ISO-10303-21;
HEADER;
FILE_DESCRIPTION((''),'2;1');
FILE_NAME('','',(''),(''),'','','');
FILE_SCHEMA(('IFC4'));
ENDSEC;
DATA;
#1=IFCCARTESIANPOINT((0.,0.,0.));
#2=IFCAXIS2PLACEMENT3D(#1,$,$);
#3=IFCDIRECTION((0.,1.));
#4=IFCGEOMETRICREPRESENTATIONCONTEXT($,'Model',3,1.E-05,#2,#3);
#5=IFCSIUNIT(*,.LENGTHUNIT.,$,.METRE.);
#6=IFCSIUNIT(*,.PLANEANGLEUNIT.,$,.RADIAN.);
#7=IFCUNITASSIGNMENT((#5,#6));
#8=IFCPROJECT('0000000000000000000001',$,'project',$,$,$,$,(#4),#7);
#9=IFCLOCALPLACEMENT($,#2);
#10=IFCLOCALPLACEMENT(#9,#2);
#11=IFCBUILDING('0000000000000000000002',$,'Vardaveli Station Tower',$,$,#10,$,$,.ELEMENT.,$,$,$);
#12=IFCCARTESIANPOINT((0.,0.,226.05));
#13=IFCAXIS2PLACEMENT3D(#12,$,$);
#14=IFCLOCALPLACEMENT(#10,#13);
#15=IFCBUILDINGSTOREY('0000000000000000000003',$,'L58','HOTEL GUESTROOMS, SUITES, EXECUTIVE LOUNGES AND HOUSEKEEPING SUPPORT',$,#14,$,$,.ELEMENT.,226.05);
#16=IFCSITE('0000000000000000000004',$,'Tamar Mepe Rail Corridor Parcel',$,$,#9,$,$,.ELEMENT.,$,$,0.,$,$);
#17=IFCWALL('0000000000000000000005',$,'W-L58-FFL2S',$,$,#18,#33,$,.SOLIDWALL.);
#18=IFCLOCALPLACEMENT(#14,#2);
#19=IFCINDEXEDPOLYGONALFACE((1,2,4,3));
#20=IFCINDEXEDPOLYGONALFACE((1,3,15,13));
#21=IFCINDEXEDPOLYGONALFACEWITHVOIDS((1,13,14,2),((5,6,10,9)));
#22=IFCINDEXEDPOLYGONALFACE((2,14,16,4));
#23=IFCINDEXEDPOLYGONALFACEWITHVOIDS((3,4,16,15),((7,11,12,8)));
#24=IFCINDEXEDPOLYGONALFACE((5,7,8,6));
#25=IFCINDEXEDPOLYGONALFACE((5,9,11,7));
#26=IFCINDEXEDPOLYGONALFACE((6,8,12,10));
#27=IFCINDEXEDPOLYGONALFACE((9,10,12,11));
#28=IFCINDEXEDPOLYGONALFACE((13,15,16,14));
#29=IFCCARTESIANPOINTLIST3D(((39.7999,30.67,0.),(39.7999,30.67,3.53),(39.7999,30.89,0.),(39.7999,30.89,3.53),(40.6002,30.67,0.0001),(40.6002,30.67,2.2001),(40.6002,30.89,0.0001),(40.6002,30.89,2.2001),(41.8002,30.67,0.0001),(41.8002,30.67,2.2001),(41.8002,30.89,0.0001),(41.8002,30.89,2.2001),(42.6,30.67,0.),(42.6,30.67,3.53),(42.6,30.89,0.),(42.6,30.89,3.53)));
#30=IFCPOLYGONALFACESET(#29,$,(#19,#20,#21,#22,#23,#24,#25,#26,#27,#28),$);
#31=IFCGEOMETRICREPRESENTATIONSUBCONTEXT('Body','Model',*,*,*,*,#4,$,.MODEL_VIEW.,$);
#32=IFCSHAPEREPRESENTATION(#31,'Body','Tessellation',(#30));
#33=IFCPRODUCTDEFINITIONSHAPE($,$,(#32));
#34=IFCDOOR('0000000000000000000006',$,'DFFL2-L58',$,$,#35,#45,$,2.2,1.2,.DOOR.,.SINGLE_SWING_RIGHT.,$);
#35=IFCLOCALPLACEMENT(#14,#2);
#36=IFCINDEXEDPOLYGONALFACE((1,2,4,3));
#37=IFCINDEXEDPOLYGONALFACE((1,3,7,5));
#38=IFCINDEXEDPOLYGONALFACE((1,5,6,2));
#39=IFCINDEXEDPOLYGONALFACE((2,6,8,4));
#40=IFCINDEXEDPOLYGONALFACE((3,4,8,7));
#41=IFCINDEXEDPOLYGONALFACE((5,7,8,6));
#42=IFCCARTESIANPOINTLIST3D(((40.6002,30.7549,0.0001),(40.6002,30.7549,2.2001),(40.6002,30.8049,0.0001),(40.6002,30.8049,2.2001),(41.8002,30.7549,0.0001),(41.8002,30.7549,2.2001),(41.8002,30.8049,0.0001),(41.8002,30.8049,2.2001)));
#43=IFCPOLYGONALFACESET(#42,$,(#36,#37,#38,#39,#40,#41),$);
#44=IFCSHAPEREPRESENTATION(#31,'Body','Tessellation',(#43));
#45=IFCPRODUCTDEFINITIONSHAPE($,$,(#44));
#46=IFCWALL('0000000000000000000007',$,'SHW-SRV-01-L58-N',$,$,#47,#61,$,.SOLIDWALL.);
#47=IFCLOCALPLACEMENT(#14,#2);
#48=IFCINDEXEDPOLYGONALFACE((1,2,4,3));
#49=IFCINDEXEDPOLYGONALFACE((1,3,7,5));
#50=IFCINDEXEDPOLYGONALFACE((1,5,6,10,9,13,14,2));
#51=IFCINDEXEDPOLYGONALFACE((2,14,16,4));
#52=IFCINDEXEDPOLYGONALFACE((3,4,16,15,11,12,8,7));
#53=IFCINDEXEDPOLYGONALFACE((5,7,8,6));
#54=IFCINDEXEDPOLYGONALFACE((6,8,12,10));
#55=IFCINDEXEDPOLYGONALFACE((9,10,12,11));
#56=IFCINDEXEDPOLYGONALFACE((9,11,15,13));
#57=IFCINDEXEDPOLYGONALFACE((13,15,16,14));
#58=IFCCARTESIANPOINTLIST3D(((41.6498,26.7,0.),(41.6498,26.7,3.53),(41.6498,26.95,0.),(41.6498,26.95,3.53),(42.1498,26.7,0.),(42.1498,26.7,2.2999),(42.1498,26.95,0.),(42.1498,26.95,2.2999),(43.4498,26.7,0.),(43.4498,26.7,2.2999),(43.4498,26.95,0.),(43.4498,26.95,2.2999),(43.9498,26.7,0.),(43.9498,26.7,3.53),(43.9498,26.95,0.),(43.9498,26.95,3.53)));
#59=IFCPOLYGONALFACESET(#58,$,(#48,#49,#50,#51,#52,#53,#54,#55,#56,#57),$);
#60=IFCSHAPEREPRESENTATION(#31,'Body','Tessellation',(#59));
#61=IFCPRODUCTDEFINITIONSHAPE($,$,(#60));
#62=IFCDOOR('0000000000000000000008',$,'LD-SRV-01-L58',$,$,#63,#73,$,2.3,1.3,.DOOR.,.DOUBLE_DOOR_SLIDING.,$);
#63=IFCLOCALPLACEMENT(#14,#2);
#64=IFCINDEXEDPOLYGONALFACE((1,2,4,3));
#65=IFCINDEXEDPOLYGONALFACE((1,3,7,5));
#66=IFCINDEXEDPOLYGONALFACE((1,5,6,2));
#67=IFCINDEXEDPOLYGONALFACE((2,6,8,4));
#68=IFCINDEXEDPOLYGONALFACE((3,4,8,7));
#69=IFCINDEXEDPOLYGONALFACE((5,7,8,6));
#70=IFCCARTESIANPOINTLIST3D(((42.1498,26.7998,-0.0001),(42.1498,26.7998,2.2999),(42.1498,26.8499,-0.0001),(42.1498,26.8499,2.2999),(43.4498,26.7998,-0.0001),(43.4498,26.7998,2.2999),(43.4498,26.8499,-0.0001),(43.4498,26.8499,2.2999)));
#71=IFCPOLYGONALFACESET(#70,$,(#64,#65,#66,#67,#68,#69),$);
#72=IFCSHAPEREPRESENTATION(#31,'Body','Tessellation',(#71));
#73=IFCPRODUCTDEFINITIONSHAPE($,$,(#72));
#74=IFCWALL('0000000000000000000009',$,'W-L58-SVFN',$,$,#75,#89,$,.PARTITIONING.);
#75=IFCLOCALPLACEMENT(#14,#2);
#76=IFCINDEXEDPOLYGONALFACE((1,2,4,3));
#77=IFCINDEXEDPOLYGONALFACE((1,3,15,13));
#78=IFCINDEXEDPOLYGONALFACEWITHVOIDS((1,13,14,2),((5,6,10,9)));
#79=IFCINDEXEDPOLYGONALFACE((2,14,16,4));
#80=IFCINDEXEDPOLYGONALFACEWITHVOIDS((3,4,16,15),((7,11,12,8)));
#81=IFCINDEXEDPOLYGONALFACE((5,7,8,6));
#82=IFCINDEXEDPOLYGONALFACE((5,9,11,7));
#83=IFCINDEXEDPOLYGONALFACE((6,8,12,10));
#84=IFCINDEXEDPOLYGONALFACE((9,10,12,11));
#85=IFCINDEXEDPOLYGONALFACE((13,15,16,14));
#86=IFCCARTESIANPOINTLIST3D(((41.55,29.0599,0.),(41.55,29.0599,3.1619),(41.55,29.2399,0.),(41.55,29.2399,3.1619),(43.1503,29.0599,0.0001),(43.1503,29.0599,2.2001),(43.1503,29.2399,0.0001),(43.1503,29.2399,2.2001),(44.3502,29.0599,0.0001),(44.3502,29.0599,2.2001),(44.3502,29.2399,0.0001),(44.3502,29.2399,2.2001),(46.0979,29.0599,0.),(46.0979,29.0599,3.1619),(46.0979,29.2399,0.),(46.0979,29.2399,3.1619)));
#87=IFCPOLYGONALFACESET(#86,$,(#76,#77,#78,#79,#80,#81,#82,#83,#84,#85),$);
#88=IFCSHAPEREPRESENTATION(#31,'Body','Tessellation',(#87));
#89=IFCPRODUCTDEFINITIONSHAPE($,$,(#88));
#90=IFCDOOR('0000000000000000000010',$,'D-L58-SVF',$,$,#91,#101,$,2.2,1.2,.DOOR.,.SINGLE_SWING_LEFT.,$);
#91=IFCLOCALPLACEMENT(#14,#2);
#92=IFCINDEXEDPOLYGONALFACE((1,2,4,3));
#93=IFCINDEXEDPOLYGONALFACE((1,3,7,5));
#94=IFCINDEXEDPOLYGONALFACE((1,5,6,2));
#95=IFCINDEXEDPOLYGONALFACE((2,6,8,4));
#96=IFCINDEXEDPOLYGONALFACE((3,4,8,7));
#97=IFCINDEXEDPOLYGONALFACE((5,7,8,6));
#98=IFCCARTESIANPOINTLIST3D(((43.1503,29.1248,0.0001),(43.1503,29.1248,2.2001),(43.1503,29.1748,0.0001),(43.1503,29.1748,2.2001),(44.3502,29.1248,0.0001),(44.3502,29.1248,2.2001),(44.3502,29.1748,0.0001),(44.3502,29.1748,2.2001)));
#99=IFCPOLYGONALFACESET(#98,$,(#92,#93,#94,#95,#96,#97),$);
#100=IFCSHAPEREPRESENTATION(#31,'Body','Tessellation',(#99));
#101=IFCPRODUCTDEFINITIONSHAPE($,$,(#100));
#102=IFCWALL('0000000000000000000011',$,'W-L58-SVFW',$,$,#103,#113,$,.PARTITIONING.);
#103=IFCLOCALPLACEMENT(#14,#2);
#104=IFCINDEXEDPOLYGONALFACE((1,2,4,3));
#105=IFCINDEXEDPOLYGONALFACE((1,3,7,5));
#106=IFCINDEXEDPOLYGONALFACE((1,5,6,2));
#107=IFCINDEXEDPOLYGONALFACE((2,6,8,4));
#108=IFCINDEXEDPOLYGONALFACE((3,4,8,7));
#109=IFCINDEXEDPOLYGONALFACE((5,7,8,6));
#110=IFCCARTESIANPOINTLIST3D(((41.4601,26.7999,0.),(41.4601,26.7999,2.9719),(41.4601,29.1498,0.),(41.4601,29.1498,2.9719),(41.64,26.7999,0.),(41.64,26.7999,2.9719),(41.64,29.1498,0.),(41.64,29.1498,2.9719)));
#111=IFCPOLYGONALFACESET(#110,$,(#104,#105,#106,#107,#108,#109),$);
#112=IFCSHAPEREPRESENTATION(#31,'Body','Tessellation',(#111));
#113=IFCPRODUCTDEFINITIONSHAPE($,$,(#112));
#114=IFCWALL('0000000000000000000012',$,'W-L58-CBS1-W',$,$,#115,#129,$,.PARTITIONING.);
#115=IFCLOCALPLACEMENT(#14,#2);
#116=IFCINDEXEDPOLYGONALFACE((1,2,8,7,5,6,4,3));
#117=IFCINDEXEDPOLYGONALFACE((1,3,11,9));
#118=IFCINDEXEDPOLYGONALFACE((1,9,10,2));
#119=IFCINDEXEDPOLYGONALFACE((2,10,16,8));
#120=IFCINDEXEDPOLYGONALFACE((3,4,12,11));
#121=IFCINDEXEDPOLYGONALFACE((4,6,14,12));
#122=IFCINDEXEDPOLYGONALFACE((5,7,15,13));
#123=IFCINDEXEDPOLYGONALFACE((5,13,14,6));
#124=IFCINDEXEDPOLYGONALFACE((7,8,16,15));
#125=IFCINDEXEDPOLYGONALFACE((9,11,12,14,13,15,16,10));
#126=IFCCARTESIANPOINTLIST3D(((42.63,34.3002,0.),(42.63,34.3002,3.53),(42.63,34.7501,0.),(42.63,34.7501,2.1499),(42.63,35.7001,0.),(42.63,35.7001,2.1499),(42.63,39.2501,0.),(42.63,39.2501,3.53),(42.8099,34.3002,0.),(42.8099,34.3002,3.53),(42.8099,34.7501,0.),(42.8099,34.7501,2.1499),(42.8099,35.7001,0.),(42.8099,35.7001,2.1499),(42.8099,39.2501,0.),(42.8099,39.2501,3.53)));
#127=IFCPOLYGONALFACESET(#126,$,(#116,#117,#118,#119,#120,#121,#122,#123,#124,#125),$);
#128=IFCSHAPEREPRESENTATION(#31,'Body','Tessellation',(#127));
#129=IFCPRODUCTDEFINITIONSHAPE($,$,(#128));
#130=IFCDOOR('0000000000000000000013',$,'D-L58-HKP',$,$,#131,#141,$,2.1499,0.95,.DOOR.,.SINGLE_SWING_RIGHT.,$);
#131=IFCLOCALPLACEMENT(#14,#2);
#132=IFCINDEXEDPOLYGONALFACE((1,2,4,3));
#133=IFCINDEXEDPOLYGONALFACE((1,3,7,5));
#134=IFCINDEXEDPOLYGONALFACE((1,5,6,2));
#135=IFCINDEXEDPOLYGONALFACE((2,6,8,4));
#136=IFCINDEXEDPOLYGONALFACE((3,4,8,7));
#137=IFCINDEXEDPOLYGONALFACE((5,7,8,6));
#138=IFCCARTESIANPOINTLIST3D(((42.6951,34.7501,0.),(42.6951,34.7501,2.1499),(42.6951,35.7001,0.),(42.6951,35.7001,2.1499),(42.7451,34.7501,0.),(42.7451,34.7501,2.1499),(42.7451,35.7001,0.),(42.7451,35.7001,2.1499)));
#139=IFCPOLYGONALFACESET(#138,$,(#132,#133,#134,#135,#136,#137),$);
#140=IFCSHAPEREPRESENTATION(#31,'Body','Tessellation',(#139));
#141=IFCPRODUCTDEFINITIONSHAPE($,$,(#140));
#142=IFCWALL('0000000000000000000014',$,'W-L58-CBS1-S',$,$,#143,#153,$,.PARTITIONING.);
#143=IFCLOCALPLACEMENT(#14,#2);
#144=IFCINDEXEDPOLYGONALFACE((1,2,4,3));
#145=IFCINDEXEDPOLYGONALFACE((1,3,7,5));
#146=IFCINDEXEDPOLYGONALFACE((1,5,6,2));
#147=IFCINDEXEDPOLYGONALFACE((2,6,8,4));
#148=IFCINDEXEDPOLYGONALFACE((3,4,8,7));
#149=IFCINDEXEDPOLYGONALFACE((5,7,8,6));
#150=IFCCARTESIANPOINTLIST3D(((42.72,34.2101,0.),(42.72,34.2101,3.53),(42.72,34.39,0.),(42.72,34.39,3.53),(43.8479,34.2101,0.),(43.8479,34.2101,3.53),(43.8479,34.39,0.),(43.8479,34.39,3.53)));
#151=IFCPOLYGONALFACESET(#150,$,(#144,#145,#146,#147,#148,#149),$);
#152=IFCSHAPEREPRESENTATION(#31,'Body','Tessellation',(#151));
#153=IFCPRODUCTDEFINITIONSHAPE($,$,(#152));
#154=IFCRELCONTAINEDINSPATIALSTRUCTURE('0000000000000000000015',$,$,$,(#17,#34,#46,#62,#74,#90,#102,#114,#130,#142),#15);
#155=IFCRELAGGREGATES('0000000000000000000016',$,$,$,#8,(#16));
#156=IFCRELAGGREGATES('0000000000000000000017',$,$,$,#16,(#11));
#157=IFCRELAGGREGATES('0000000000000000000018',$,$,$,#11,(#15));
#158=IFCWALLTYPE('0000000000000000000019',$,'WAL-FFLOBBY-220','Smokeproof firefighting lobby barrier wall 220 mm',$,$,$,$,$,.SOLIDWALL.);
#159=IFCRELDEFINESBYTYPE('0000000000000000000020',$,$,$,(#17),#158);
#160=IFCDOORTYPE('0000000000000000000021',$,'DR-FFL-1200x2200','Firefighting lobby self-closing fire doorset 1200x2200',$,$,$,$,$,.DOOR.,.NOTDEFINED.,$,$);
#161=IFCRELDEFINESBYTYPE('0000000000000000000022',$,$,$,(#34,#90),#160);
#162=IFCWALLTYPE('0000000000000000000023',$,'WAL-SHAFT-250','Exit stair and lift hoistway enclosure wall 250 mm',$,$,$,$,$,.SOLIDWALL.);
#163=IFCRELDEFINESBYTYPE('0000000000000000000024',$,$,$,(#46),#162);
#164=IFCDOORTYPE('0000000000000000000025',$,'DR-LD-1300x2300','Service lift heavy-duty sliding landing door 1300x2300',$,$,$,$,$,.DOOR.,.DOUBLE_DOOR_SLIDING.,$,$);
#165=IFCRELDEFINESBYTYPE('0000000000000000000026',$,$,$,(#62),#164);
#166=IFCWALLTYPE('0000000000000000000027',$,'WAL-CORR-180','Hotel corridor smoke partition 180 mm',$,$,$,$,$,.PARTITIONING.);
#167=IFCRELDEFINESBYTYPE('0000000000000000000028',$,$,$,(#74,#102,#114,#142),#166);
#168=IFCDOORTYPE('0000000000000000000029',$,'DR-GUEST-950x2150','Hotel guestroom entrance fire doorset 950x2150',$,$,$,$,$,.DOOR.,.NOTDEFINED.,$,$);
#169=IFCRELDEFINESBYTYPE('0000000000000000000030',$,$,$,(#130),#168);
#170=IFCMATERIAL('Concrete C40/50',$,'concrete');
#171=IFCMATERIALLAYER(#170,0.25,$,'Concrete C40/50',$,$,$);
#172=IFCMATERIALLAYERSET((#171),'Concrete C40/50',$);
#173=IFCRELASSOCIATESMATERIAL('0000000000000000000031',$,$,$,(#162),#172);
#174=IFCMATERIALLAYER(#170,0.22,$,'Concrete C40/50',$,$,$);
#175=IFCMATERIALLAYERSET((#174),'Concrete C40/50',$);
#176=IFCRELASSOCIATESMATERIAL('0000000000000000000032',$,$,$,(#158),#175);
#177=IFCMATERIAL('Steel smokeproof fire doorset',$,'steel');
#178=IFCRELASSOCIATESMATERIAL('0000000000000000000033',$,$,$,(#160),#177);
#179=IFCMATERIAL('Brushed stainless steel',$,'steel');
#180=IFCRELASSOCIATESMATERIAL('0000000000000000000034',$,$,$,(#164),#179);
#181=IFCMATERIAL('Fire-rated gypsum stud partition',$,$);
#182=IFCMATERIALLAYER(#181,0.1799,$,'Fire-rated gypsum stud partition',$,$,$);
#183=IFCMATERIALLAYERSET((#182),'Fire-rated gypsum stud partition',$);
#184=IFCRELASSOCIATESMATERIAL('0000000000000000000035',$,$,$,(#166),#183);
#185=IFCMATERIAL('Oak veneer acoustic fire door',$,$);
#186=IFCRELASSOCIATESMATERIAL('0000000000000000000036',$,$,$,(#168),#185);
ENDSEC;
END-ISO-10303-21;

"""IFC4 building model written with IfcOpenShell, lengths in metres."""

from ifc_helpers import new_model, si_unit, direction, frame, frame_2d, origin, place, context, subcontext, project, spatial, rectangle, extrude, source, transform, mapped, material, layer, layer_set, type_object, element, fill, save


model = new_model("IFC4")

# Units and contexts
model_context = context("Model", 3, precision=1e-05, world=origin(), true_north=direction((0.0, 1.0)))
body_context = subcontext(model_context, "Body", "Model", "MODEL_VIEW")
ifc_project = project(units=[si_unit("LENGTHUNIT", "METRE"), si_unit("PLANEANGLEUNIT", "RADIAN")], contexts=[model_context])

# Site, building, storey
site_placement = place(None, origin())
site = spatial("IfcSite", under=ifc_project, at=site_placement, Name="Tamar Mepe Rail Corridor Parcel", CompositionType="ELEMENT", RefElevation=0.0)
building_placement = place(site_placement, origin())
building = spatial("IfcBuilding", under=site, at=building_placement, Name="Vardaveli Station Tower", CompositionType="ELEMENT")
storey_placement = place(building_placement, frame((0.0, 0.0, 226.05)))
storey = spatial("IfcBuildingStorey", under=building, at=storey_placement, Name="L58", Description="HOTEL GUESTROOMS, SUITES, EXECUTIVE LOUNGES AND HOUSEKEEPING SUPPORT", CompositionType="ELEMENT", Elevation=226.05)

# Shared definitions
ifc_material_1 = material(Name="Concrete C40/50", Category="concrete")
ifc_layer_1 = layer(ifc_material_1, 0.25, Name="Concrete C40/50")
ifc_layer_set_1 = layer_set([ifc_layer_1], Name="Concrete C40/50")
wall_type_1 = type_object("IfcWallType", Name="WAL-SHAFT-250", Description="Exit stair and lift hoistway enclosure wall 250 mm", PredefinedType="SOLIDWALL", material=ifc_layer_set_1)

# Walls, openings, doors
ifc_material_2 = material(Name="Steel smokeproof fire doorset", Category="steel")
ifc_layer_2 = layer(ifc_material_1, 0.22, Name="Concrete C40/50")
ifc_layer_set_2 = layer_set([ifc_layer_2], Name="Concrete C40/50")
wall_type_2 = type_object("IfcWallType", Name="WAL-FFLOBBY-220", Description="Smokeproof firefighting lobby barrier wall 220 mm", PredefinedType="SOLIDWALL", material=ifc_layer_set_2)
shared_shape_1 = source(origin(), body_context, "Body", "SweptSolid", [
    extrude(rectangle(XDim=2.8, YDim=0.22, at=frame_2d((1.3999, 0.0))), origin(), (0.0, 0.0, 1.0), 3.53),
])
wall_1_placement = place(storey_placement, frame((39.8, 30.78, 0.0), z_axis=(0.0, 0.0, 1.0), x_axis=(1.0, 0.0, 0.0)))
wall_1 = element("IfcWall", 1, at=wall_1_placement, inside=storey, type_object=wall_type_2, Name="W-L58-FFL2S", PredefinedType="SOLIDWALL", context=body_context, shape_type="MappedRepresentation", body=[
    mapped(shared_shape_1, transform((0.0, 0.0, 0.0), scale=1.0)),
])
shared_shape_2 = source(origin(), body_context, "Body", "SweptSolid", [
    extrude(rectangle(XDim=1.2, YDim=2.2, at=frame_2d((0.6001, 1.1001))), frame((0.0, 0.1201, 0.0), z_axis=(0.0, -1.0, 0.0), x_axis=(1.0, 0.0, 0.0)), (0.0, 0.0, 1.0), 0.24),
])
opening_1_placement = place(wall_1_placement, frame((0.8, 0.0, 0.0)))
opening_1 = element("IfcOpeningElement", 2, at=opening_1_placement, cuts=wall_1, PredefinedType="OPENING", context=body_context, shape_type="MappedRepresentation", body=[
    mapped(shared_shape_2, transform((0.0, 0.0, 0.0), scale=1.0)),
])
door_type_1 = type_object("IfcDoorType", Name="DR-FFL-1200x2200", Description="Firefighting lobby self-closing fire doorset 1200x2200", OperationType="NOTDEFINED", PredefinedType="DOOR", material=ifc_material_2)
shared_shape_3 = source(origin(), body_context, "Body", "SweptSolid", [
    extrude(rectangle(XDim=1.2, YDim=2.2, at=frame_2d((0.6001, 1.1001))), frame((0.0, 0.0249, 0.0), z_axis=(0.0, -1.0, 0.0), x_axis=(1.0, 0.0, 0.0)), (0.0, 0.0, 1.0), 0.05),
])
door_1_placement = place(opening_1_placement, origin())
door_1 = element("IfcDoor", 3, at=door_1_placement, inside=storey, type_object=door_type_1, Name="DFFL2-L58", OperationType="SINGLE_SWING_RIGHT", OverallHeight=2.2, OverallWidth=1.2, PredefinedType="DOOR", context=body_context, shape_type="MappedRepresentation", body=[
    mapped(shared_shape_3, transform((0.0, 0.0, 0.0), scale=1.0)),
])
fill(opening_1, door_1)
shared_shape_4 = source(origin(), body_context, "Body", "SweptSolid", [
    extrude(rectangle(XDim=2.3, YDim=0.25, at=frame_2d((1.1499, 0.0))), origin(), (0.0, 0.0, 1.0), 3.53),
])
wall_2_placement = place(storey_placement, frame((41.6499, 26.825, 0.0), z_axis=(0.0, 0.0, 1.0), x_axis=(1.0, 0.0, 0.0)))
wall_2 = element("IfcWall", 4, at=wall_2_placement, inside=storey, type_object=wall_type_1, Name="SHW-SRV-01-L58-N", PredefinedType="SOLIDWALL", context=body_context, shape_type="MappedRepresentation", body=[
    mapped(shared_shape_4, transform((0.0, 0.0, 0.0), scale=1.0)),
])
shared_shape_5 = source(origin(), body_context, "Body", "SweptSolid", [
    extrude(rectangle(XDim=1.3, YDim=2.3, at=frame_2d((0.6499, 1.1499))), frame((0.0, 0.135, 0.0), z_axis=(0.0, -1.0, 0.0), x_axis=(1.0, 0.0, 0.0)), (0.0, 0.0, 1.0), 0.27),
])
opening_2_placement = place(wall_2_placement, frame((0.5, 0.0, 0.0)))
opening_2 = element("IfcOpeningElement", 5, at=opening_2_placement, cuts=wall_2, PredefinedType="OPENING", context=body_context, shape_type="MappedRepresentation", body=[
    mapped(shared_shape_5, transform((0.0, 0.0, 0.0), scale=1.0)),
])
ifc_material_3 = material(Name="Brushed stainless steel", Category="steel")
door_type_2 = type_object("IfcDoorType", Name="DR-LD-1300x2300", Description="Service lift heavy-duty sliding landing door 1300x2300", OperationType="DOUBLE_DOOR_SLIDING", PredefinedType="DOOR", material=ifc_material_3)
shared_shape_6 = source(origin(), body_context, "Body", "SweptSolid", [
    extrude(rectangle(XDim=1.3, YDim=2.3, at=frame_2d((0.6499, 1.1499))), frame((0.0, 0.0249, 0.0), z_axis=(0.0, -1.0, 0.0), x_axis=(1.0, 0.0, 0.0)), (0.0, 0.0, 1.0), 0.05),
])
door_2_placement = place(opening_2_placement, origin())
door_2 = element("IfcDoor", 6, at=door_2_placement, inside=storey, type_object=door_type_2, Name="LD-SRV-01-L58", OperationType="DOUBLE_DOOR_SLIDING", OverallHeight=2.3, OverallWidth=1.3, PredefinedType="DOOR", context=body_context, shape_type="MappedRepresentation", body=[
    mapped(shared_shape_6, transform((0.0, 0.0, 0.0), scale=1.0)),
])
fill(opening_2, door_2)
ifc_material_4 = material(Name="Fire-rated gypsum stud partition")
ifc_layer_3 = layer(ifc_material_4, 0.1799, Name="Fire-rated gypsum stud partition")
ifc_layer_set_3 = layer_set([ifc_layer_3], Name="Fire-rated gypsum stud partition")
wall_type_3 = type_object("IfcWallType", Name="WAL-CORR-180", Description="Hotel corridor smoke partition 180 mm", PredefinedType="PARTITIONING", material=ifc_layer_set_3)
shared_shape_7 = source(origin(), body_context, "Body", "SweptSolid", [
    extrude(rectangle(XDim=4.5479, YDim=0.1799, at=frame_2d((2.2739, 0.0))), origin(), (0.0, 0.0, 1.0), 3.1619),
])
wall_3_placement = place(storey_placement, frame((41.55, 29.1499, 0.0), z_axis=(0.0, 0.0, 1.0), x_axis=(1.0, 0.0, 0.0)))
wall_3 = element("IfcWall", 7, at=wall_3_placement, inside=storey, type_object=wall_type_3, Name="W-L58-SVFN", PredefinedType="PARTITIONING", context=body_context, shape_type="MappedRepresentation", body=[
    mapped(shared_shape_7, transform((0.0, 0.0, 0.0), scale=1.0)),
])
shared_shape_8 = source(origin(), body_context, "Body", "SweptSolid", [
    extrude(rectangle(XDim=1.2, YDim=2.2, at=frame_2d((0.6001, 1.1001))), frame((0.0, 0.1001, 0.0), z_axis=(0.0, -1.0, 0.0), x_axis=(1.0, 0.0, 0.0)), (0.0, 0.0, 1.0), 0.2),
])
opening_3_placement = place(wall_3_placement, frame((1.6001, 0.0, 0.0)))
opening_3 = element("IfcOpeningElement", 8, at=opening_3_placement, cuts=wall_3, PredefinedType="OPENING", context=body_context, shape_type="MappedRepresentation", body=[
    mapped(shared_shape_8, transform((0.0, 0.0, 0.0), scale=1.0)),
])
door_3_placement = place(opening_3_placement, origin())
door_3 = element("IfcDoor", 9, at=door_3_placement, inside=storey, type_object=door_type_1, Name="D-L58-SVF", OperationType="SINGLE_SWING_LEFT", OverallHeight=2.2, OverallWidth=1.2, PredefinedType="DOOR", context=body_context, shape_type="MappedRepresentation", body=[
    mapped(shared_shape_3, transform((0.0, 0.0, 0.0), scale=1.0)),
])
fill(opening_3, door_3)

# Wall
shared_shape_9 = source(origin(), body_context, "Body", "SweptSolid", [
    extrude(rectangle(XDim=2.3499, YDim=0.1799, at=frame_2d((1.1748, 0.0))), origin(), (0.0, 0.0, 1.0), 2.9719),
])
wall_4_placement = place(storey_placement, frame((41.55, 26.8, 0.0), z_axis=(0.0, 0.0, 1.0), x_axis=(0.0, 1.0, 0.0)))
element("IfcWall", 10, at=wall_4_placement, inside=storey, type_object=wall_type_3, Name="W-L58-SVFW", PredefinedType="PARTITIONING", context=body_context, shape_type="MappedRepresentation", body=[
    mapped(shared_shape_9, transform((0.0, 0.0, 0.0), scale=1.0)),
])

# Wall, opening, door
shared_shape_10 = source(origin(), body_context, "Body", "SweptSolid", [
    extrude(rectangle(XDim=4.95, YDim=0.1799, at=frame_2d((2.4751, 0.0))), origin(), (0.0, 0.0, 1.0), 3.53),
])
wall_5_placement = place(storey_placement, frame((42.72, 34.3, 0.0), z_axis=(0.0, 0.0, 1.0), x_axis=(0.0, 1.0, 0.0)))
wall_5 = element("IfcWall", 11, at=wall_5_placement, inside=storey, type_object=wall_type_3, Name="W-L58-CBS1-W", PredefinedType="PARTITIONING", context=body_context, shape_type="MappedRepresentation", body=[
    mapped(shared_shape_10, transform((0.0, 0.0, 0.0), scale=1.0)),
])
shared_shape_11 = source(origin(), body_context, "Body", "SweptSolid", [
    extrude(rectangle(XDim=0.95, YDim=2.1499, at=frame_2d((0.4751, 1.075))), frame((0.0, 0.1001, 0.0), z_axis=(0.0, -1.0, 0.0), x_axis=(1.0, 0.0, 0.0)), (0.0, 0.0, 1.0), 0.2),
])
opening_4_placement = place(wall_5_placement, frame((0.45, 0.0, 0.0)))
opening_4 = element("IfcOpeningElement", 12, at=opening_4_placement, cuts=wall_5, PredefinedType="OPENING", context=body_context, shape_type="MappedRepresentation", body=[
    mapped(shared_shape_11, transform((0.0, 0.0, 0.0), scale=1.0)),
])
ifc_material_5 = material(Name="Oak veneer acoustic fire door")
door_type_3 = type_object("IfcDoorType", Name="DR-GUEST-950x2150", Description="Hotel guestroom entrance fire doorset 950x2150", OperationType="NOTDEFINED", PredefinedType="DOOR", material=ifc_material_5)
shared_shape_12 = source(origin(), body_context, "Body", "SweptSolid", [
    extrude(rectangle(XDim=0.95, YDim=2.1499, at=frame_2d((0.4751, 1.075))), frame((0.0, 0.0249, 0.0), z_axis=(0.0, -1.0, 0.0), x_axis=(1.0, 0.0, 0.0)), (0.0, 0.0, 1.0), 0.05),
])
door_4_placement = place(opening_4_placement, origin())
door_4 = element("IfcDoor", 13, at=door_4_placement, inside=storey, type_object=door_type_3, Name="D-L58-HKP", OperationType="SINGLE_SWING_RIGHT", OverallHeight=2.1499, OverallWidth=0.95, PredefinedType="DOOR", context=body_context, shape_type="MappedRepresentation", body=[
    mapped(shared_shape_12, transform((0.0, 0.0, 0.0), scale=1.0)),
])
fill(opening_4, door_4)

# Wall
shared_shape_13 = source(origin(), body_context, "Body", "SweptSolid", [
    extrude(rectangle(XDim=1.1279, YDim=0.1799, at=frame_2d((0.564, 0.0))), origin(), (0.0, 0.0, 1.0), 3.53),
])
wall_6_placement = place(storey_placement, frame((42.72, 34.3, 0.0), z_axis=(0.0, 0.0, 1.0), x_axis=(1.0, 0.0, 0.0)))
element("IfcWall", 14, at=wall_6_placement, inside=storey, type_object=wall_type_3, Name="W-L58-CBS1-S", PredefinedType="PARTITIONING", context=body_context, shape_type="MappedRepresentation", body=[
    mapped(shared_shape_13, transform((0.0, 0.0, 0.0), scale=1.0)),
])

save(model, "model.ifc")
